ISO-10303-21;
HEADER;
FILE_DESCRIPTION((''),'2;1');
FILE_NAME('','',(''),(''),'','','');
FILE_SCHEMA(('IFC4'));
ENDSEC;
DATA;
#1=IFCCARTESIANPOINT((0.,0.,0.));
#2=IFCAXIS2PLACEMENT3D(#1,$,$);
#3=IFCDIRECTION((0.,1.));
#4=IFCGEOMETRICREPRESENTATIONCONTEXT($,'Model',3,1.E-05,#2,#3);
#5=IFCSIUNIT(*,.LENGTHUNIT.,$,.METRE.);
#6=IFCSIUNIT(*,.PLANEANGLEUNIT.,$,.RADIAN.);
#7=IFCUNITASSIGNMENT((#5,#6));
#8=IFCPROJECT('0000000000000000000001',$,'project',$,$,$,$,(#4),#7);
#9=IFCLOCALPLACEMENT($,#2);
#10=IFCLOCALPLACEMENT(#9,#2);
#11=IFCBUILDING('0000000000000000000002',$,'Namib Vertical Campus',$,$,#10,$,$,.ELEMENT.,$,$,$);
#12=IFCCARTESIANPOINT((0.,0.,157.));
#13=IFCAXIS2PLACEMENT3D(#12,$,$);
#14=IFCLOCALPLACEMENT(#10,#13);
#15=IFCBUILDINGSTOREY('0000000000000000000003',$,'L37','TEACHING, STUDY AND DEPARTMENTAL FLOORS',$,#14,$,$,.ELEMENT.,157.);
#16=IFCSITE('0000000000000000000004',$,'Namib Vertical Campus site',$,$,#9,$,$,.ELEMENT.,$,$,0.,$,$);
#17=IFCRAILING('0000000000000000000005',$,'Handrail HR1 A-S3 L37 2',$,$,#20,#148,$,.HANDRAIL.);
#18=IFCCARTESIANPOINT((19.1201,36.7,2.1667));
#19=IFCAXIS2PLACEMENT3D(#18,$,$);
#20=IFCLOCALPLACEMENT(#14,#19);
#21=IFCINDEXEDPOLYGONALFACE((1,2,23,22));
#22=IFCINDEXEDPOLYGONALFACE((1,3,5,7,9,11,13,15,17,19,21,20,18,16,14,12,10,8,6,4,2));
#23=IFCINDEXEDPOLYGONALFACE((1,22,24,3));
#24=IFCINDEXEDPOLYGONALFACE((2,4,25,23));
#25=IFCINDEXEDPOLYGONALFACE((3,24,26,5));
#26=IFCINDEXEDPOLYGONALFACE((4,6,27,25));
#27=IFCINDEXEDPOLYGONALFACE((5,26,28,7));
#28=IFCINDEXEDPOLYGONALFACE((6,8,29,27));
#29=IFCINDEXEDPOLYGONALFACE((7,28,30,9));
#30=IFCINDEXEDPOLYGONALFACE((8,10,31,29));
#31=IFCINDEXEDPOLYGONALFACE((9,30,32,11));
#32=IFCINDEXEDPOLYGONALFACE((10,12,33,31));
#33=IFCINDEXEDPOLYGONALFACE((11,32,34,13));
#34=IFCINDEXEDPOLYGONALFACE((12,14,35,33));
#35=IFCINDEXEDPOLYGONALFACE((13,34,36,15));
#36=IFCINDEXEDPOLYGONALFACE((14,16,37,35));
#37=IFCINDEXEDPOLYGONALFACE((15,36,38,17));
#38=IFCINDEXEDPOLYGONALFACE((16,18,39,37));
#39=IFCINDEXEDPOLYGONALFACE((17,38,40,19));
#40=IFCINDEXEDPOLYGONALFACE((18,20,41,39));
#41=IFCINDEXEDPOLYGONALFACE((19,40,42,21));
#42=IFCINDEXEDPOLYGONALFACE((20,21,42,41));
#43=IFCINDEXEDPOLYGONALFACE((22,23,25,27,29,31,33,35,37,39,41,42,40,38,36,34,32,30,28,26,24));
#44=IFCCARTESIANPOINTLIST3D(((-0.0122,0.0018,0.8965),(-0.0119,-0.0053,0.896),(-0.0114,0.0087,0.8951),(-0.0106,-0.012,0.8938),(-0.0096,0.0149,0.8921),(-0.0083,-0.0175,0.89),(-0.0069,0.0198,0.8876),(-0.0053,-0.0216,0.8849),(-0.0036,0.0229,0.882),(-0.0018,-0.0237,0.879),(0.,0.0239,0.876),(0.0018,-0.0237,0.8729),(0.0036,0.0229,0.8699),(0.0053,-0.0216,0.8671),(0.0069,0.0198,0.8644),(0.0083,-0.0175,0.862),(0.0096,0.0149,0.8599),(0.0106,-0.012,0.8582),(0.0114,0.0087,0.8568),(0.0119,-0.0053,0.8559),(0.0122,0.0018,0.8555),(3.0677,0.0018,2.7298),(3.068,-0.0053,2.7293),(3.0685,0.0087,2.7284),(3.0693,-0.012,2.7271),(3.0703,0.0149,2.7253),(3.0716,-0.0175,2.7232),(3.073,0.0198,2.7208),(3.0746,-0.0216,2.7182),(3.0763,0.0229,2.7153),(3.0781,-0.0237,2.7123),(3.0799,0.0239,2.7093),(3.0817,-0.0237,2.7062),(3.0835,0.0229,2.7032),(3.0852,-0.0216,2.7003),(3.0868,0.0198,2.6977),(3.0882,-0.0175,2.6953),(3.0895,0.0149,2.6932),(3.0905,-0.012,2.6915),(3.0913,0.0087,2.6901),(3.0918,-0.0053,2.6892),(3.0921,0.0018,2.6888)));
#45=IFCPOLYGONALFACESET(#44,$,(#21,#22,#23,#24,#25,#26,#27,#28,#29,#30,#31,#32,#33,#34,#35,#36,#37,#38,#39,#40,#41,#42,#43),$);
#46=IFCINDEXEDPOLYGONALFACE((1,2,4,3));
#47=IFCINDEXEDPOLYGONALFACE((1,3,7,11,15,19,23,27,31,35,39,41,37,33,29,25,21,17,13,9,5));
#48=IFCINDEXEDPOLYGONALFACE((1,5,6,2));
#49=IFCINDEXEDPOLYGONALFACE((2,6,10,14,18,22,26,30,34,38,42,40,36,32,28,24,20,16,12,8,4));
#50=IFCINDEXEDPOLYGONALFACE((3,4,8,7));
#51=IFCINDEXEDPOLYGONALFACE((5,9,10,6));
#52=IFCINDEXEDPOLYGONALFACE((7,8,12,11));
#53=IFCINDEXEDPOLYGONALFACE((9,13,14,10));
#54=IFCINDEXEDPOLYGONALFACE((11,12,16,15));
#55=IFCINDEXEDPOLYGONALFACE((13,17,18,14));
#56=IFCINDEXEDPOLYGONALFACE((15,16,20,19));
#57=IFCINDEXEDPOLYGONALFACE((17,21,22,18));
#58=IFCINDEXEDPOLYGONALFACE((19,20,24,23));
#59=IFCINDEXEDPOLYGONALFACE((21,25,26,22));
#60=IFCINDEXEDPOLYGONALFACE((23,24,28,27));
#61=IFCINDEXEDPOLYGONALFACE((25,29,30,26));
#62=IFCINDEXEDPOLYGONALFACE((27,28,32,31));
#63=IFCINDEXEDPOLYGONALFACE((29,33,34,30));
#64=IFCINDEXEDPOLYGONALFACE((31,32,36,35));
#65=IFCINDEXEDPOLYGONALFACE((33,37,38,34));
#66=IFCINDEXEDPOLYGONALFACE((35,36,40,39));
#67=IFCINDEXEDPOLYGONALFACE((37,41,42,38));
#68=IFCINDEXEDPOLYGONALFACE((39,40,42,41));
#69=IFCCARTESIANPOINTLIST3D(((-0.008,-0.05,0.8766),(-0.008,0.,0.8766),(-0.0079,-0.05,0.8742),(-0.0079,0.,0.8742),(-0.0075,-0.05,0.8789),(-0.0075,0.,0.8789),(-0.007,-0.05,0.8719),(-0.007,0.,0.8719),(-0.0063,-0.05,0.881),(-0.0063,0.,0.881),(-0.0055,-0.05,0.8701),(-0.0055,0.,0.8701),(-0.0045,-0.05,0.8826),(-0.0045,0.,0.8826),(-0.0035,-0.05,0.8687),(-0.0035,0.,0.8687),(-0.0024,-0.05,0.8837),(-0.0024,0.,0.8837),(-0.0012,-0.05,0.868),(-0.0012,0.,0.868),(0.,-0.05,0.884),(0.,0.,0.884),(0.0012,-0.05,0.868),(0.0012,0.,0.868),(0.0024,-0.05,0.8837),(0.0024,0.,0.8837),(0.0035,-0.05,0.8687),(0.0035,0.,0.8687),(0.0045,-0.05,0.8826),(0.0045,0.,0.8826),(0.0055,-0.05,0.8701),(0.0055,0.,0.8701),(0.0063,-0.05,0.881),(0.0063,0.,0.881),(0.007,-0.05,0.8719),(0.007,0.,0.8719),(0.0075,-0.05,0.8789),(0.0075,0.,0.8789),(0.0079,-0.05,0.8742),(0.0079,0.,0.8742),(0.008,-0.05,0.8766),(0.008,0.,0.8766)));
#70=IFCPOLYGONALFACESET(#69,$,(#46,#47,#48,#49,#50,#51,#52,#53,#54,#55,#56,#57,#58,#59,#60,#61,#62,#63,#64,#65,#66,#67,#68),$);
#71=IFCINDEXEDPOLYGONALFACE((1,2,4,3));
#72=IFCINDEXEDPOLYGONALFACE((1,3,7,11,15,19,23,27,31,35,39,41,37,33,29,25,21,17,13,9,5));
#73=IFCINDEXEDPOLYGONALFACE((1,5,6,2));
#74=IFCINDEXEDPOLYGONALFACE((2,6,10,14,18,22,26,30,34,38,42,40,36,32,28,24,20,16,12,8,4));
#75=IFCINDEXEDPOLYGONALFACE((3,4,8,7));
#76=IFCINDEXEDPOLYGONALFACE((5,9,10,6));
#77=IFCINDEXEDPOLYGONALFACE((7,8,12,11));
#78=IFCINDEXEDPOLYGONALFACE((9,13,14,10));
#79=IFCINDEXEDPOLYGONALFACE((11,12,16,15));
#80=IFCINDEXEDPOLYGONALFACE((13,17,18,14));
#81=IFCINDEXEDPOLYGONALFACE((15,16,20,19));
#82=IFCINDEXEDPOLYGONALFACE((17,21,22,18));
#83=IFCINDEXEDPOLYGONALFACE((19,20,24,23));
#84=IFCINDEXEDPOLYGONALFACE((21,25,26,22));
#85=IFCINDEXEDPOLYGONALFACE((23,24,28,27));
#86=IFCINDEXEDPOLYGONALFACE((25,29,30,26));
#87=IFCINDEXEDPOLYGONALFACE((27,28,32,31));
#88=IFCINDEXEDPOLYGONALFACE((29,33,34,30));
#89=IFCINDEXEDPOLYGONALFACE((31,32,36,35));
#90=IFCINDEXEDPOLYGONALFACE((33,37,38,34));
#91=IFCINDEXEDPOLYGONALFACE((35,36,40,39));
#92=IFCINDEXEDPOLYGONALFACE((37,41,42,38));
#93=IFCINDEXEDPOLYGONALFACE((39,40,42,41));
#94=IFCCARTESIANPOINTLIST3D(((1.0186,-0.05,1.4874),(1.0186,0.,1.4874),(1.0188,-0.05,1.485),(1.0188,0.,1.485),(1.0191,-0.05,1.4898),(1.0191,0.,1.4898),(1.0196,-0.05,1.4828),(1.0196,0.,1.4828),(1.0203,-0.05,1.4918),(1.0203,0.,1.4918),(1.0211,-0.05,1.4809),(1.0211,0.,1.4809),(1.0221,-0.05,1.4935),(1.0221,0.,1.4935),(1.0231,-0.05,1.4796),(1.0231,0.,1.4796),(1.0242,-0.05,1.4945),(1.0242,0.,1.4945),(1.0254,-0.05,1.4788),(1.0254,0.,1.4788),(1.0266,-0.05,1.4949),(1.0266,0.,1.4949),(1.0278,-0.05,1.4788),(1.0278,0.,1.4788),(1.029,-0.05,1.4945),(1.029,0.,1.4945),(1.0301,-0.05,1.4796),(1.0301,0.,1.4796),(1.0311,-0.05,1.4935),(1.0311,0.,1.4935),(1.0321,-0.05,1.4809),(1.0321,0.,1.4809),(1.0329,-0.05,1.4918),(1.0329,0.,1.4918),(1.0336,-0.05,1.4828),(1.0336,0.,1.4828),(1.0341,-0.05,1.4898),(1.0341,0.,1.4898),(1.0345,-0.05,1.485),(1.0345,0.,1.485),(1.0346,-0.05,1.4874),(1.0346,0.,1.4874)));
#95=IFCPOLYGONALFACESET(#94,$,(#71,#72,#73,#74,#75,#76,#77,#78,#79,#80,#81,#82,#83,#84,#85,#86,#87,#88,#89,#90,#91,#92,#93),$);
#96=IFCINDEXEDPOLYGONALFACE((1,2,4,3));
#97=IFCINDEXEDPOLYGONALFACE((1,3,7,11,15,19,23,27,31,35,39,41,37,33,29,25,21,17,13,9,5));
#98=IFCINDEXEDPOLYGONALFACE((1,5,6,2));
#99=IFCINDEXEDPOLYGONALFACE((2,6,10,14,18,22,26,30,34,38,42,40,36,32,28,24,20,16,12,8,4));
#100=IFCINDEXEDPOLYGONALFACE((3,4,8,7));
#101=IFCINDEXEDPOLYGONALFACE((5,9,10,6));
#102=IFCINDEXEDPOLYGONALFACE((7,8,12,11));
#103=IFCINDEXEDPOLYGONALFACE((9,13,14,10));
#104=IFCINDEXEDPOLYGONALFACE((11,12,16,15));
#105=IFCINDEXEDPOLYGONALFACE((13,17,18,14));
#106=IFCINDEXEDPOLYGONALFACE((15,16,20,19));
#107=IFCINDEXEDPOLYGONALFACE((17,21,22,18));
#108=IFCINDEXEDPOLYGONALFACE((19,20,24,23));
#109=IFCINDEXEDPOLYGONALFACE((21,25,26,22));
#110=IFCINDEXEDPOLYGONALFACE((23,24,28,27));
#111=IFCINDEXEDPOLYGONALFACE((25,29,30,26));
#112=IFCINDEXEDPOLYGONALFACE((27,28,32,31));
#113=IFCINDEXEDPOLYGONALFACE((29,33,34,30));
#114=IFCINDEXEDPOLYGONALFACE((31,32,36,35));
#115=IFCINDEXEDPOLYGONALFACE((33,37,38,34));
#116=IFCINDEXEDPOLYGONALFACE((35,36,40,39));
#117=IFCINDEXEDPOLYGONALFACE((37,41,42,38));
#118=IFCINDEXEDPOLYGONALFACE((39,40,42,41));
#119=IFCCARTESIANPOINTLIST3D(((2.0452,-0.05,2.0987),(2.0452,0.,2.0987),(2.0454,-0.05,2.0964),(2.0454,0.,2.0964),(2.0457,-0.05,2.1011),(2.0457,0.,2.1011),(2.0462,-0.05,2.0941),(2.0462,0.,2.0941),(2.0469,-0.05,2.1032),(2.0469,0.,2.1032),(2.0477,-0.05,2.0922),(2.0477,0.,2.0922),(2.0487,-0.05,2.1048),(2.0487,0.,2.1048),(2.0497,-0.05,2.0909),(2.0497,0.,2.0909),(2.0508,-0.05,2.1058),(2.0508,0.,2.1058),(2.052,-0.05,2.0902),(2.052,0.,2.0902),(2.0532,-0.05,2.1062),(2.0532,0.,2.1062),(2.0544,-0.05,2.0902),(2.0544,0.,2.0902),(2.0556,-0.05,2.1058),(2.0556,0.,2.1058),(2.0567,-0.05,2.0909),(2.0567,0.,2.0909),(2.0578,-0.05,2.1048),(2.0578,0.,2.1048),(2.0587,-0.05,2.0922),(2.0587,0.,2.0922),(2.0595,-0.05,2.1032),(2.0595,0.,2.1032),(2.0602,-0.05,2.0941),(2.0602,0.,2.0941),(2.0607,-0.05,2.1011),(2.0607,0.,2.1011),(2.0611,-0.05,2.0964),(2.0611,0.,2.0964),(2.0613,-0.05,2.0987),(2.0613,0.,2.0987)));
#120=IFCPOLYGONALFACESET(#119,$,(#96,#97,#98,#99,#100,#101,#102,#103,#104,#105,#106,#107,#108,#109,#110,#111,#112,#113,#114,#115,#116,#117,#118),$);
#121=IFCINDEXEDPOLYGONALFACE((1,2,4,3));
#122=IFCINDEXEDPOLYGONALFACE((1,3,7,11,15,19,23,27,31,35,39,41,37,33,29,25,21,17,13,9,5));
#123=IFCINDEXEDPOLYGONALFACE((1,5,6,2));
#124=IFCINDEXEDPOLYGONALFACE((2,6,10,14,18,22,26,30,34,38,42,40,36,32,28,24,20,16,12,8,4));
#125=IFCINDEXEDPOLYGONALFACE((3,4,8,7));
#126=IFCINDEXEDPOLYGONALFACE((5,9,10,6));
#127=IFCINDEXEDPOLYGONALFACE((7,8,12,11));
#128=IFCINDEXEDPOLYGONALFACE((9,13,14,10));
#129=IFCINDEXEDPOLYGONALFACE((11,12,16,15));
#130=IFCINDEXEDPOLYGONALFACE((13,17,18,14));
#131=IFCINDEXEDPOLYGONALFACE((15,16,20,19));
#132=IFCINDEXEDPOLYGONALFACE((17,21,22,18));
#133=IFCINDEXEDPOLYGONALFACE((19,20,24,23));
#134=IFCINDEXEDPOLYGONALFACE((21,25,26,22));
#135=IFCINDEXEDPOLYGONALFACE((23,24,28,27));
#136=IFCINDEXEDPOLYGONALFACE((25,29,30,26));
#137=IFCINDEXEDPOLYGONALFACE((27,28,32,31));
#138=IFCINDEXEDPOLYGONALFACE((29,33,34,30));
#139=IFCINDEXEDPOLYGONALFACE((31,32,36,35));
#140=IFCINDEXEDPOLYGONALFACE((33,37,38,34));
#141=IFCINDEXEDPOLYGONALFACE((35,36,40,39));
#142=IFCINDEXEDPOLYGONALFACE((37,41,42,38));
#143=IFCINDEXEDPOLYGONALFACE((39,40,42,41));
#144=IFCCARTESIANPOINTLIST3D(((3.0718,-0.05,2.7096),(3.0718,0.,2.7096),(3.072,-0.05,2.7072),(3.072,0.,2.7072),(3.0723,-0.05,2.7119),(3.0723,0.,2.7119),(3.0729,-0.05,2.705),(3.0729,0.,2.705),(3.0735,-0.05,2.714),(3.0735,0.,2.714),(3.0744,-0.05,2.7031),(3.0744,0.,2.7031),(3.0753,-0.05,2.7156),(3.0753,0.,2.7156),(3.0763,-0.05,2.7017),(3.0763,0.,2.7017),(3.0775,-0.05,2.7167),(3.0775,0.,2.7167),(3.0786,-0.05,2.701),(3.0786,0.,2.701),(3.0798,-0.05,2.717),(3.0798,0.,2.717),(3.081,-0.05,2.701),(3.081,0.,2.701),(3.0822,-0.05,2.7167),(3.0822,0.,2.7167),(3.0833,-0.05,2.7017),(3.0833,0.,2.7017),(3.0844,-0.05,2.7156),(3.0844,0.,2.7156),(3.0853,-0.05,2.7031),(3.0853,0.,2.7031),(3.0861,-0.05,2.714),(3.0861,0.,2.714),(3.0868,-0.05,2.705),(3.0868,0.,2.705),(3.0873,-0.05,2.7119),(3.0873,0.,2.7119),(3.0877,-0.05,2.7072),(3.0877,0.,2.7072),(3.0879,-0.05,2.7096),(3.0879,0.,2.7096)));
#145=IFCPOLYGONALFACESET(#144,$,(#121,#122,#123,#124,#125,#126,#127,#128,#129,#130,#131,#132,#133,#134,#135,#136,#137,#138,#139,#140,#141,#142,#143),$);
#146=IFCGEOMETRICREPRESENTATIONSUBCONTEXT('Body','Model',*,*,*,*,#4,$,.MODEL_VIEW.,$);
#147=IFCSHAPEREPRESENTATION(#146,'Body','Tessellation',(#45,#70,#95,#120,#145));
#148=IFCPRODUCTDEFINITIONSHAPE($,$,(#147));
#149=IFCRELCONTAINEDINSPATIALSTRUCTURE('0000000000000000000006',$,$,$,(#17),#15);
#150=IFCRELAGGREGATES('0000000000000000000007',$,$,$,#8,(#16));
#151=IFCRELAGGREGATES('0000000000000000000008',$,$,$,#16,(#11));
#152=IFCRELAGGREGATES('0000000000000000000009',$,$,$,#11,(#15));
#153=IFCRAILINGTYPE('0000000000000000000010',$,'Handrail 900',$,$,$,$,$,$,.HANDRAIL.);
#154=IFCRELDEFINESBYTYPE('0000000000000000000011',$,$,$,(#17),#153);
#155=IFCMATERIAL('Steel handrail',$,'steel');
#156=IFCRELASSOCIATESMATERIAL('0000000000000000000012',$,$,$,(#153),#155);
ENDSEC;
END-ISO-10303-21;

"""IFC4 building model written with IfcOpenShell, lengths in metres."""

from ifc_helpers import new_model, si_unit, direction, frame, origin, origin_2d, place, context, subcontext, project, spatial, circle, extrude, material, type_object, element, save


model = new_model("IFC4")

# Units and contexts
model_context = context("Model", 3, precision=1e-05, world=origin(), true_north=direction((0.0, 1.0)))
body_context = subcontext(model_context, "Body", "Model", "MODEL_VIEW")
ifc_project = project(units=[si_unit("LENGTHUNIT", "METRE"), si_unit("PLANEANGLEUNIT", "RADIAN")], contexts=[model_context])

# Site, building, storey
site_placement = place(None, origin())
site = spatial("IfcSite", under=ifc_project, at=site_placement, Name="Namib Vertical Campus site", CompositionType="ELEMENT", RefElevation=0.0)
building_placement = place(site_placement, origin())
building = spatial("IfcBuilding", under=site, at=building_placement, Name="Namib Vertical Campus", CompositionType="ELEMENT")
storey_placement = place(building_placement, frame((0.0, 0.0, 157.0)))
storey = spatial("IfcBuildingStorey", under=building, at=storey_placement, Name="L37", Description="TEACHING, STUDY AND DEPARTMENTAL FLOORS", CompositionType="ELEMENT", Elevation=157.0)

# Railing
ifc_material_1 = material(Name="Steel handrail", Category="steel")
railing_type_1 = type_object("IfcRailingType", Name="Handrail 900", PredefinedType="HANDRAIL", material=ifc_material_1)
railing_1_placement = place(storey_placement, frame((19.1201, 36.7, 2.1667)))
element("IfcRailing", 1, at=railing_1_placement, inside=storey, type_object=railing_type_1, Name="Handrail HR1 A-S3 L37 2", PredefinedType="HANDRAIL", context=body_context, shape_type="SweptSolid", body=[
    extrude(circle(Radius=0.0239, at=origin_2d()), frame((0.0, 0.0, 0.876), z_axis=(0.859291, 0.0, 0.511487), x_axis=(0.0, 1.0, 0.0)), (0.0, 0.0, 1.0), 3.5842),
    extrude(circle(Radius=0.0081, at=origin_2d()), frame((0.0, 0.0, 0.876), z_axis=(0.0, -1.0, 0.0), x_axis=(0.0, 0.0, 1.0)), (0.0, 0.0, 1.0), 0.05),
    extrude(circle(Radius=0.0081, at=origin_2d()), frame((1.0266, 0.0, 1.4868), z_axis=(0.0, -1.0, 0.0), x_axis=(0.0, 0.0, 1.0)), (0.0, 0.0, 1.0), 0.05),
    extrude(circle(Radius=0.0081, at=origin_2d()), frame((2.0532, 0.0, 2.0981), z_axis=(0.0, -1.0, 0.0), x_axis=(0.0, 0.0, 1.0)), (0.0, 0.0, 1.0), 0.05),
    extrude(circle(Radius=0.0081, at=origin_2d()), frame((3.0798, 0.0, 2.709), z_axis=(0.0, -1.0, 0.0), x_axis=(0.0, 0.0, 1.0)), (0.0, 0.0, 1.0), 0.05),
])

save(model, "model.ifc")
